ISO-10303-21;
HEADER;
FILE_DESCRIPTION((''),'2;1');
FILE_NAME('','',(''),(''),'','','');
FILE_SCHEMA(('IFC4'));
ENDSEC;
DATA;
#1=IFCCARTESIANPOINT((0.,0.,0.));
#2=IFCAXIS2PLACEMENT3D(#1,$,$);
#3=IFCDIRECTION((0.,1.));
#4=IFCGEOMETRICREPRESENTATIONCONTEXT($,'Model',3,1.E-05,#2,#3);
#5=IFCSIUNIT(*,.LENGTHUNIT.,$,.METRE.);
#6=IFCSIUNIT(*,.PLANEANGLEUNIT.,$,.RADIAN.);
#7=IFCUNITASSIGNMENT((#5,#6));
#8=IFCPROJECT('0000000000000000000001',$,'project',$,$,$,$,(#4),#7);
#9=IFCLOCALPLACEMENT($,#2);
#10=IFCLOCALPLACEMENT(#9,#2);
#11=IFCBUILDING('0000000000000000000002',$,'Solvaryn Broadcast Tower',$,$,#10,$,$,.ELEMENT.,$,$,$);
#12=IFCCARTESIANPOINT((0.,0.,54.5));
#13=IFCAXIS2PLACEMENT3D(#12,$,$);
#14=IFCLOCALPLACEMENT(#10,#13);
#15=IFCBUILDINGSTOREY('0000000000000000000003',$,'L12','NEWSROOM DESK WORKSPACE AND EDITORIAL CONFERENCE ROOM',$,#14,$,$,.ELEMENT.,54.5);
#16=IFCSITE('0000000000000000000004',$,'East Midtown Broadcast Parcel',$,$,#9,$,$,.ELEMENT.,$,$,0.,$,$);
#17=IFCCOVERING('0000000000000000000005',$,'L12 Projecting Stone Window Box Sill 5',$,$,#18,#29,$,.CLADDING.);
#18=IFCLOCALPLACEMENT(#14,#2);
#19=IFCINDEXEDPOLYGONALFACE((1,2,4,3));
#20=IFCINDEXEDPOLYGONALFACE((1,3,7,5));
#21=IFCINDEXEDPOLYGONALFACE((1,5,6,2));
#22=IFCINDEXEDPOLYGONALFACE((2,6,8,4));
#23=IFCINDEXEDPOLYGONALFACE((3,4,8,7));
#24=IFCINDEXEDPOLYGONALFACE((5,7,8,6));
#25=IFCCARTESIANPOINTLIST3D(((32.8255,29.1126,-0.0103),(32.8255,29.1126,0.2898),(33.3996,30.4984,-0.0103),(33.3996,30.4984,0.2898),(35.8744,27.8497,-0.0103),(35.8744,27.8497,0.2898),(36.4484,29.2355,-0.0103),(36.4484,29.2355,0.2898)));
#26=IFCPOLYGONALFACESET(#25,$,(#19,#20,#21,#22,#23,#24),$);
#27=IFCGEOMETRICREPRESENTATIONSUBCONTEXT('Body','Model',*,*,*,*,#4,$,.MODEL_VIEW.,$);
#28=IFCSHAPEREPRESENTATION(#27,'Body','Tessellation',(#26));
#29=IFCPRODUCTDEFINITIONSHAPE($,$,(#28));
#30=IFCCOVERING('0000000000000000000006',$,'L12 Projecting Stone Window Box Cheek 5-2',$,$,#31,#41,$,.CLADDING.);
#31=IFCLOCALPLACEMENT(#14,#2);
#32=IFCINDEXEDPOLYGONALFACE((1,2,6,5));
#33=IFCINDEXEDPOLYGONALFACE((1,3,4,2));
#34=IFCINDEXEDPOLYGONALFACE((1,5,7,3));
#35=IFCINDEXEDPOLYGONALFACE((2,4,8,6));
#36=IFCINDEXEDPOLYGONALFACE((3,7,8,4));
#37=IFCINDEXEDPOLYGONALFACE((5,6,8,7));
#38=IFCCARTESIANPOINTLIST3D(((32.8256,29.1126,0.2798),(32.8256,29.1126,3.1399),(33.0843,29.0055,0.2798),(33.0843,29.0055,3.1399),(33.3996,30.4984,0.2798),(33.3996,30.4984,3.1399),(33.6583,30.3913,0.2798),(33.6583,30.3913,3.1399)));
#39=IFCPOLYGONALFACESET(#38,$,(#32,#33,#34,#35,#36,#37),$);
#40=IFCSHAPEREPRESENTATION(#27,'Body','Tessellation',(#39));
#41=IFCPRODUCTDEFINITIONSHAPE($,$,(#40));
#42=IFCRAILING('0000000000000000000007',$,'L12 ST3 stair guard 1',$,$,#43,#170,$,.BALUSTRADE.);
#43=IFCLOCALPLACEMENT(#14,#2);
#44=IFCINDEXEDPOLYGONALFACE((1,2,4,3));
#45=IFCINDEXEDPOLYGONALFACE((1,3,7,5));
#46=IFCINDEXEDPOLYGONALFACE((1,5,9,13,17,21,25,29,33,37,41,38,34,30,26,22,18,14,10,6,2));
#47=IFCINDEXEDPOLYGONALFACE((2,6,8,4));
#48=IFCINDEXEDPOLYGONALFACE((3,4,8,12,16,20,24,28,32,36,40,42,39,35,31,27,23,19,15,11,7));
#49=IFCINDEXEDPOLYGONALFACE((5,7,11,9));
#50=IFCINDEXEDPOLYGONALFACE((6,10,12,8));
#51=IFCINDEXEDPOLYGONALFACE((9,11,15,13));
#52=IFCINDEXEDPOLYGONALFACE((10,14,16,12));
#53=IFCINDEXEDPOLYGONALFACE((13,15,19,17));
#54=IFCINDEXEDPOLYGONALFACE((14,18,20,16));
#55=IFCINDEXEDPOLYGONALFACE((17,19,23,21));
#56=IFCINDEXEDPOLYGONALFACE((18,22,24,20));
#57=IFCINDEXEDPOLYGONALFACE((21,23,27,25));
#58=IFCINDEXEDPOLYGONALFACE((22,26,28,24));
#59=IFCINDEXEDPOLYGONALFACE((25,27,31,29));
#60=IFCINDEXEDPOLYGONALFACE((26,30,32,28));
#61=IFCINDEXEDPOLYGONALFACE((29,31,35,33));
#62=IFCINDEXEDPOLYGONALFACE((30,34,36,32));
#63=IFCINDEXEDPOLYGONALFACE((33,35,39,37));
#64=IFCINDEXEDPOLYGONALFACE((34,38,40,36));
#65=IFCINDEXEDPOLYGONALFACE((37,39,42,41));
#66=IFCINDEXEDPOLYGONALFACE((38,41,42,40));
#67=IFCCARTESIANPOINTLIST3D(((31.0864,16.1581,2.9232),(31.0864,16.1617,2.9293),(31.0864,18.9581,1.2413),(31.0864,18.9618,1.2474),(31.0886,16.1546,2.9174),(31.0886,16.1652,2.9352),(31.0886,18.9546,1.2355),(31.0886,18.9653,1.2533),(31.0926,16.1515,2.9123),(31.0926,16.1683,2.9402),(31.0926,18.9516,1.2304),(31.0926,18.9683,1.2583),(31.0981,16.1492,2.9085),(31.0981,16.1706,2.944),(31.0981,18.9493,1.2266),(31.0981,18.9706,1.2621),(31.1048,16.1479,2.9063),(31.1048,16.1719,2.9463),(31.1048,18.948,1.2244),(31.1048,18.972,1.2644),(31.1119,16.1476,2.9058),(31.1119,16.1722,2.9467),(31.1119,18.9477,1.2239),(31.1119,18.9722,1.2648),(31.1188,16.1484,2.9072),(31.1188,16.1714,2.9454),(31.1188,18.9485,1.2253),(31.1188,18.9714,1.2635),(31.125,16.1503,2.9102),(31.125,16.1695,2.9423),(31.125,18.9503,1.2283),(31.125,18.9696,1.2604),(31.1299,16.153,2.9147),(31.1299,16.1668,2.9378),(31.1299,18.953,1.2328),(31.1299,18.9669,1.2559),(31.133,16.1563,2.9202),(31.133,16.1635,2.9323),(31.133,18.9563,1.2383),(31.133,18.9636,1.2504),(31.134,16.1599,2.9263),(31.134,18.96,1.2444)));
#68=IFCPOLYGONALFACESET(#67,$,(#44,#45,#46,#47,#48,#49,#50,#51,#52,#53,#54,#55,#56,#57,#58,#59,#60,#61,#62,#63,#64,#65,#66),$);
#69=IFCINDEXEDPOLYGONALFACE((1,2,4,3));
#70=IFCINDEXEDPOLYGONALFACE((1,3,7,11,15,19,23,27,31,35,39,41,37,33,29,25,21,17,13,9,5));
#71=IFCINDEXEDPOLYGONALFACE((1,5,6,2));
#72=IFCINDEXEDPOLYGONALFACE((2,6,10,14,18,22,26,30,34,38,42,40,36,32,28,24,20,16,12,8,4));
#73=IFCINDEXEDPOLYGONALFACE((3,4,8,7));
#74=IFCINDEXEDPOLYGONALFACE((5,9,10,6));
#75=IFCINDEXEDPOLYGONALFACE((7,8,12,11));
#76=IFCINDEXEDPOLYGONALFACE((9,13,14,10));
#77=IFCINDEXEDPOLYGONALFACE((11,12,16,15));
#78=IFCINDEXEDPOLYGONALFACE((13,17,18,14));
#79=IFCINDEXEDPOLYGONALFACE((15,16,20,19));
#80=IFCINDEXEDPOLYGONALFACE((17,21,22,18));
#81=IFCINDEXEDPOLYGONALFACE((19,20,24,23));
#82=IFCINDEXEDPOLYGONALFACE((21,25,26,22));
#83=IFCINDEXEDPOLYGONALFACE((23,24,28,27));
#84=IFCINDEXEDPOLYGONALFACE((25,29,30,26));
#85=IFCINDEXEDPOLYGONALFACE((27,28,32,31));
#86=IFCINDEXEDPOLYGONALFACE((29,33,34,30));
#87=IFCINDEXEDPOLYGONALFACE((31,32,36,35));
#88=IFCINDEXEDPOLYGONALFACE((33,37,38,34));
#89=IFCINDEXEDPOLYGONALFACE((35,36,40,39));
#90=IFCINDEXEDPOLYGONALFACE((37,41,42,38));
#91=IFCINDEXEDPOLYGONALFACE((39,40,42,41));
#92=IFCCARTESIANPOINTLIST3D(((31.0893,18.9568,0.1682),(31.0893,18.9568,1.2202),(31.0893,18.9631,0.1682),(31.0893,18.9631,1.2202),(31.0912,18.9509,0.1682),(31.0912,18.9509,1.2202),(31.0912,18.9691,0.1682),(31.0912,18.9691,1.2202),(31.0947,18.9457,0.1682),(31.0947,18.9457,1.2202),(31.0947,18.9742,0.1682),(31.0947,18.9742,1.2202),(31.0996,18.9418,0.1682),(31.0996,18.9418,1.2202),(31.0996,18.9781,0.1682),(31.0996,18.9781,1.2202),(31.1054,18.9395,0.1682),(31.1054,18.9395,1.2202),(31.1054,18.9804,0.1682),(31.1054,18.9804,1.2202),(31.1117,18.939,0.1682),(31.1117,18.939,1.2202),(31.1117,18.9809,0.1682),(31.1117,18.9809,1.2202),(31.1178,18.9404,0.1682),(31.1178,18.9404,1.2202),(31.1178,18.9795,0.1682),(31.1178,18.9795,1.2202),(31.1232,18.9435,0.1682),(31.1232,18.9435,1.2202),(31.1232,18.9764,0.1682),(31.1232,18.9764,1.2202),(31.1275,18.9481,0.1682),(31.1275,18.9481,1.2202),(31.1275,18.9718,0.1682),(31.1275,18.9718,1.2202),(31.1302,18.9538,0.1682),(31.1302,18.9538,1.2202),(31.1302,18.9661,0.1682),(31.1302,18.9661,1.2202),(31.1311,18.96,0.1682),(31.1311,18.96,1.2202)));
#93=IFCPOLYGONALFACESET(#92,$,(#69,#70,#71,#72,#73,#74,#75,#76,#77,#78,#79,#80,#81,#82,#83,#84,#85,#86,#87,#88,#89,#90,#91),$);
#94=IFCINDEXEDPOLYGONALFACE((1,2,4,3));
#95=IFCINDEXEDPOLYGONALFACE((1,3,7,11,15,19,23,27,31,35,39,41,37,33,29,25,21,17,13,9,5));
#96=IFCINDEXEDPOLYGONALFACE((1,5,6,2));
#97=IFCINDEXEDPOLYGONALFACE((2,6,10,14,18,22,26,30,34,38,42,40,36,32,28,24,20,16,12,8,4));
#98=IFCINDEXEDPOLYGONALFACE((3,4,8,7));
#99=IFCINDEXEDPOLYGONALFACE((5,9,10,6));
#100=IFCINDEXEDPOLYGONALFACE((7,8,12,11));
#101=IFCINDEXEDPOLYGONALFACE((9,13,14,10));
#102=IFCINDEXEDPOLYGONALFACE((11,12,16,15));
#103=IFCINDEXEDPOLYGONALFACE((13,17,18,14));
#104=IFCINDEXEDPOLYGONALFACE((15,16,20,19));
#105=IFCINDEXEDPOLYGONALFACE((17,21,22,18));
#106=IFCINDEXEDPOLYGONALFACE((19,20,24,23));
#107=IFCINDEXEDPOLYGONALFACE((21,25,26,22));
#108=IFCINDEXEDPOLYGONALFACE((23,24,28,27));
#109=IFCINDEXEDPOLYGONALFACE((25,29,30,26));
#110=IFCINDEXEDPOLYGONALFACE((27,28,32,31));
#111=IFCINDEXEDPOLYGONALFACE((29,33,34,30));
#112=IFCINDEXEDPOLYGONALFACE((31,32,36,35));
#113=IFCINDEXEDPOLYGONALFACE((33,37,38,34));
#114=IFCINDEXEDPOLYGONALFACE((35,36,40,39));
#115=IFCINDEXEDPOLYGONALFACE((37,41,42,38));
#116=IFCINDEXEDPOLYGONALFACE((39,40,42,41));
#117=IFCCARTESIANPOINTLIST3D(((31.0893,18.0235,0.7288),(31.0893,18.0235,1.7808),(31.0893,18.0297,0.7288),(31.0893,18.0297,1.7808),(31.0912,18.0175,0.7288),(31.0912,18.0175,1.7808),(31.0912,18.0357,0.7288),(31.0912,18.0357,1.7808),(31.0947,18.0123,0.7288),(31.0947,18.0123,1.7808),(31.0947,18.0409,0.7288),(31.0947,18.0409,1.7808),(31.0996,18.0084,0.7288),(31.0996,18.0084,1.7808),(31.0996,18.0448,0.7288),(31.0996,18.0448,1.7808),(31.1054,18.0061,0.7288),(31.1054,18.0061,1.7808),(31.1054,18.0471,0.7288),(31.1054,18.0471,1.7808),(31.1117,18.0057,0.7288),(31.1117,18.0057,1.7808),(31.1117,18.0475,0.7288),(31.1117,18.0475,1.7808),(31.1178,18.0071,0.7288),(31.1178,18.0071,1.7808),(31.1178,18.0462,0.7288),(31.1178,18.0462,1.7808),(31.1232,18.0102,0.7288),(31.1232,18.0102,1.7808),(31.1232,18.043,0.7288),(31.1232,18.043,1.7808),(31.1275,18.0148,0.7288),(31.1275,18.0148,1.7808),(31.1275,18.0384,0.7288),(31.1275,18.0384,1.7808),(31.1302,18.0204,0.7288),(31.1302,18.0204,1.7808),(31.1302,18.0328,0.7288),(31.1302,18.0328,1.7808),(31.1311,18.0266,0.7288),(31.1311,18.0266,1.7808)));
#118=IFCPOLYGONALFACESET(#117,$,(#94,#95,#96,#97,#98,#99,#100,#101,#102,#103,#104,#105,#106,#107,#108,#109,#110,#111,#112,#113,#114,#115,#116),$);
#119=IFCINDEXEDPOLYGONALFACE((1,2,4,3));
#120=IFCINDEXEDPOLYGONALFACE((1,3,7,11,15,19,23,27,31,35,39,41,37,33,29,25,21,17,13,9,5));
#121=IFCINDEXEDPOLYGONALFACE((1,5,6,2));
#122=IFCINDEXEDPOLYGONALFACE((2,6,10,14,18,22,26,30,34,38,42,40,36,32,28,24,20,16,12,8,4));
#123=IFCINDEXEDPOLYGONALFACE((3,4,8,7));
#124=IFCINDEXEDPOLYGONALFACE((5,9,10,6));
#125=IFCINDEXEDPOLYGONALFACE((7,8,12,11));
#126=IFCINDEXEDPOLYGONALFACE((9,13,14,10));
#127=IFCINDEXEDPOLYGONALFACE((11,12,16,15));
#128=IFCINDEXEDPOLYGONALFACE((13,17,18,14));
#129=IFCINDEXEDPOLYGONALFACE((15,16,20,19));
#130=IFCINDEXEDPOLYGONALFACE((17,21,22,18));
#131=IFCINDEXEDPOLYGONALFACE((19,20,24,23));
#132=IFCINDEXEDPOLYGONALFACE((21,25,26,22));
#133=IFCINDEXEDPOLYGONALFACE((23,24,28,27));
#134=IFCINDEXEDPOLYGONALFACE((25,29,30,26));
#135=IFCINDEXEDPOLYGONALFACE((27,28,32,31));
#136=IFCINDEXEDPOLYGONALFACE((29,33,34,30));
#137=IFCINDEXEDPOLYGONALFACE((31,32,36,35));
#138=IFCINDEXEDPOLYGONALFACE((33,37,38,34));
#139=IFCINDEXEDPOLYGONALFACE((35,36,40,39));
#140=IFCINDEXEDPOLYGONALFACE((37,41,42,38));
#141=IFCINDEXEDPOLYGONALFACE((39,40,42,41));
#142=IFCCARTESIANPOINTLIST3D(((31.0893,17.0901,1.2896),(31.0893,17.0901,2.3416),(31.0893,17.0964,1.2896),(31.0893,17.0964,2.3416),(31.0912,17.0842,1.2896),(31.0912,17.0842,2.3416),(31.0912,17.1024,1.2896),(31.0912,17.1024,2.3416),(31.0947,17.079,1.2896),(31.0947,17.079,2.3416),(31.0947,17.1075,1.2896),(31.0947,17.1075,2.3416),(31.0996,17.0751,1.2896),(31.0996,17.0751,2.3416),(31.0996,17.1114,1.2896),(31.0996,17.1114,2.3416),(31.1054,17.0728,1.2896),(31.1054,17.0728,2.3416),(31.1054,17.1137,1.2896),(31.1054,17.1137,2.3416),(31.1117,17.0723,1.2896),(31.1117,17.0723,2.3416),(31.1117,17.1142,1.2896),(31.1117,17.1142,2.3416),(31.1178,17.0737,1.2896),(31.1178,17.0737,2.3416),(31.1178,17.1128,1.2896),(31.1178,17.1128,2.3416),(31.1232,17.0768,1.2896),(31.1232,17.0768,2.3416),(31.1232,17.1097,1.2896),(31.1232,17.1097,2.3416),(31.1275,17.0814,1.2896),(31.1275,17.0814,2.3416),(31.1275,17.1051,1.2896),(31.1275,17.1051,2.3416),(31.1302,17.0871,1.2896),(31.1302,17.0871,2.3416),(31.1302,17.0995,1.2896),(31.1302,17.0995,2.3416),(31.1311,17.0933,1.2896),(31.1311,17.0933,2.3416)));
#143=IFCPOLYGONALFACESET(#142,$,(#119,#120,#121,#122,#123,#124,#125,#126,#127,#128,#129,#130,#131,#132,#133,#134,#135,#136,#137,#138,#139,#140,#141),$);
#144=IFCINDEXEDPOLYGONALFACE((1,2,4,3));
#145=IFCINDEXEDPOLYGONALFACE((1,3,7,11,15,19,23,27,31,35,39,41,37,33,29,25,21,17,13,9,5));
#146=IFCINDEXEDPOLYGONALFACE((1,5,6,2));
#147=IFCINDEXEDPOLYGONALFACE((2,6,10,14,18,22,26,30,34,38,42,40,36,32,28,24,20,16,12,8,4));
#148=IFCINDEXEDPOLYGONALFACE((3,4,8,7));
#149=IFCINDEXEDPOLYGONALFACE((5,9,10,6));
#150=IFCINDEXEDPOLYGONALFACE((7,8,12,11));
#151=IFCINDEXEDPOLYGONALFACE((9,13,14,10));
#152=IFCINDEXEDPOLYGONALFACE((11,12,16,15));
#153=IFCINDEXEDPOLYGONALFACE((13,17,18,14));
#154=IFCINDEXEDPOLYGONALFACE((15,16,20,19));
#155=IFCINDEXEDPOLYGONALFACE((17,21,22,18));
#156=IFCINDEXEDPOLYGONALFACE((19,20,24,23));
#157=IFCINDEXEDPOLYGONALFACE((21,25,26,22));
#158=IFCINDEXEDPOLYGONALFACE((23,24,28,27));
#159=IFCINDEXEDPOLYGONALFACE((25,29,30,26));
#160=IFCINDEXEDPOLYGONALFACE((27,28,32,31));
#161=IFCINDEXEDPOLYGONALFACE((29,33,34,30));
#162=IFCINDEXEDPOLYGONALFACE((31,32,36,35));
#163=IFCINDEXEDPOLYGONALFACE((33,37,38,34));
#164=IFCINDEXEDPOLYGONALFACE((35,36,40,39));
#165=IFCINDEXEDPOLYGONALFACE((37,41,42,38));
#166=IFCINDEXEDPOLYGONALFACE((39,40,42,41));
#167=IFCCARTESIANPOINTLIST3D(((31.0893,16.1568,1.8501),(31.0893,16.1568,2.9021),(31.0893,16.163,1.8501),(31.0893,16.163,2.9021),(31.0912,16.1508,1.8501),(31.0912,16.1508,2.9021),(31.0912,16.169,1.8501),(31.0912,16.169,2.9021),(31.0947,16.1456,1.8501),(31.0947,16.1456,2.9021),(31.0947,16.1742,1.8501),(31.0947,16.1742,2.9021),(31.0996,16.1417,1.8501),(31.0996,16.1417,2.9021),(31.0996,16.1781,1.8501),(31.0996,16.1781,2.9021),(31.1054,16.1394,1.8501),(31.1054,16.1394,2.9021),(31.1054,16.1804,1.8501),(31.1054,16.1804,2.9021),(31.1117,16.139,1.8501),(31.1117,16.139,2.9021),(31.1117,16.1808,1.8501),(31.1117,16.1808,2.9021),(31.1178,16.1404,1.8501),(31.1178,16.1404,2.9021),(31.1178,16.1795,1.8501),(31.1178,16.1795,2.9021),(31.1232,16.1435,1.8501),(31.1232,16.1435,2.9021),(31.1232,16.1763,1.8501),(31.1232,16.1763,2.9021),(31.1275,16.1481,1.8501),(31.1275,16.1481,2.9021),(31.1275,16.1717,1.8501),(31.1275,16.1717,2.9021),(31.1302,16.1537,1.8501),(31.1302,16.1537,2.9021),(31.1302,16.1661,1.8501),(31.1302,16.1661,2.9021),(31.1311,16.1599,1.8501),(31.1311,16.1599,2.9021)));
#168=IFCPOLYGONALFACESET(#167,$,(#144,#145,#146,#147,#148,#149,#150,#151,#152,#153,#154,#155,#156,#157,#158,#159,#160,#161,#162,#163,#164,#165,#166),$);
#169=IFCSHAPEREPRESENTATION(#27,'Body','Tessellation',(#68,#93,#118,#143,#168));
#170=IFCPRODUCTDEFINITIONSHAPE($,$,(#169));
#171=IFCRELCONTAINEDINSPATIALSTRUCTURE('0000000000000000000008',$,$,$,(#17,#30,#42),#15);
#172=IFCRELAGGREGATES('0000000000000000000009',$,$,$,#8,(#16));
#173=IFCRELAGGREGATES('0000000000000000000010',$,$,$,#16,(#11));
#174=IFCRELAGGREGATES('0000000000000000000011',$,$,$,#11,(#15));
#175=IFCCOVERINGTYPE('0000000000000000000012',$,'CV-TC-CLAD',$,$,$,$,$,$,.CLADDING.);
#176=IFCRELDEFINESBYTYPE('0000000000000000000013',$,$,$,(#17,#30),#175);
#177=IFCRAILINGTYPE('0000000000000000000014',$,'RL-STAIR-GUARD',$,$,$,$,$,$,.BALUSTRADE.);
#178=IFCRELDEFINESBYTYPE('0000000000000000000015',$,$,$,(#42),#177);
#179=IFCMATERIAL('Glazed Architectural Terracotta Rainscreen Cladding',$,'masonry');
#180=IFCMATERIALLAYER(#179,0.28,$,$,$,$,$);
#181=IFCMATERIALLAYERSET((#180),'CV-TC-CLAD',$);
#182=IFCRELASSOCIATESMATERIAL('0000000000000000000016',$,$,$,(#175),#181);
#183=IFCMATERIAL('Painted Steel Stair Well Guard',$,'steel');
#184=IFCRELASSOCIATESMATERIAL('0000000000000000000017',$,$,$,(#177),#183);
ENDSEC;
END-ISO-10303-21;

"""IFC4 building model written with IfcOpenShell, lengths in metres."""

from ifc_helpers import new_model, si_unit, direction, frame, origin, origin_2d, place, context, subcontext, project, spatial, rectangle, circle, extrude, material, layer, layer_set, type_object, element, save


model = new_model("IFC4")

# Units and contexts
model_context = context("Model", 3, precision=1e-05, world=origin(), true_north=direction((0.0, 1.0)))
body_context = subcontext(model_context, "Body", "Model", "MODEL_VIEW")
ifc_project = project(units=[si_unit("LENGTHUNIT", "METRE"), si_unit("PLANEANGLEUNIT", "RADIAN")], contexts=[model_context])

# Site, building, storey
site_placement = place(None, origin())
site = spatial("IfcSite", under=ifc_project, at=site_placement, Name="East Midtown Broadcast Parcel", CompositionType="ELEMENT", RefElevation=0.0)
building_placement = place(site_placement, origin())
building = spatial("IfcBuilding", under=site, at=building_placement, Name="Solvaryn Broadcast Tower", CompositionType="ELEMENT")
storey_placement = place(building_placement, frame((0.0, 0.0, 54.5)))
storey = spatial("IfcBuildingStorey", under=building, at=storey_placement, Name="L12", Description="NEWSROOM DESK WORKSPACE AND EDITORIAL CONFERENCE ROOM", CompositionType="ELEMENT", Elevation=54.5)

# Coverings
ifc_material_1 = material(Name="Glazed Architectural Terracotta Rainscreen Cladding", Category="masonry")
ifc_layer_1 = layer(ifc_material_1, 0.28)
ifc_layer_set_1 = layer_set([ifc_layer_1], Name="CV-TC-CLAD")
covering_type_1 = type_object("IfcCoveringType", Name="CV-TC-CLAD", PredefinedType="CLADDING", material=ifc_layer_set_1)
for number, where, z_axis, x_axis, name in (
    (1, (34.637, 29.1741, -0.0103), (0.0, 0.0, 1.0), (-0.92388, 0.382683, 0.0), "L12 Projecting Stone Window Box Sill 5"),
):
    element("IfcCovering", number, at=place(storey_placement, frame(where, z_axis=z_axis, x_axis=x_axis)), inside=storey, type_object=covering_type_1, Name=name, PredefinedType="CLADDING", context=body_context, shape_type="SweptSolid", body=[
        extrude(rectangle(XDim=3.3, YDim=1.5, at=origin_2d()), origin(), (0.0, 0.0, 1.0), 0.3),
    ])
covering_placement = place(storey_placement, frame((33.2419, 29.752, 0.2798), z_axis=(0.0, 0.0, 1.0), x_axis=(-0.92388, 0.382683, 0.0)))
element("IfcCovering", 2, at=covering_placement, inside=storey, type_object=covering_type_1, Name="L12 Projecting Stone Window Box Cheek 5-2", PredefinedType="CLADDING", context=body_context, shape_type="SweptSolid", body=[
    extrude(rectangle(XDim=0.28, YDim=1.5, at=origin_2d()), origin(), (0.0, 0.0, 1.0), 2.8601),
])

# Railing
ifc_material_2 = material(Name="Painted Steel Stair Well Guard", Category="steel")
railing_type_1 = type_object("IfcRailingType", Name="RL-STAIR-GUARD", PredefinedType="BALUSTRADE", material=ifc_material_2)
railing_1_placement = place(storey_placement, frame((31.1101, 18.96, 0.1682)))
element("IfcRailing", 3, at=railing_1_placement, inside=storey, type_object=railing_type_1, Name="L12 ST3 stair guard 1", PredefinedType="BALUSTRADE", context=body_context, shape_type="SweptSolid", body=[
    extrude(circle(Radius=0.0239, at=origin_2d()), frame((0.0, 0.0, 1.0762), z_axis=(0.0, -0.857242, 0.514913), x_axis=(1.0, 0.0, 0.0)), (0.0, 0.0, 1.0), 3.2664),
    extrude(circle(Radius=0.021, at=origin_2d()), origin(), (0.0, 0.0, 1.0), 1.052),
    extrude(circle(Radius=0.021, at=origin_2d()), frame((0.0, -0.9333, 0.5605)), (0.0, 0.0, 1.0), 1.052),
    extrude(circle(Radius=0.021, at=origin_2d()), frame((0.0, -1.8667, 1.1213)), (0.0, 0.0, 1.0), 1.052),
    extrude(circle(Radius=0.021, at=origin_2d()), frame((0.0, -2.8, 1.6819)), (0.0, 0.0, 1.0), 1.052),
])

save(model, "model.ifc")
